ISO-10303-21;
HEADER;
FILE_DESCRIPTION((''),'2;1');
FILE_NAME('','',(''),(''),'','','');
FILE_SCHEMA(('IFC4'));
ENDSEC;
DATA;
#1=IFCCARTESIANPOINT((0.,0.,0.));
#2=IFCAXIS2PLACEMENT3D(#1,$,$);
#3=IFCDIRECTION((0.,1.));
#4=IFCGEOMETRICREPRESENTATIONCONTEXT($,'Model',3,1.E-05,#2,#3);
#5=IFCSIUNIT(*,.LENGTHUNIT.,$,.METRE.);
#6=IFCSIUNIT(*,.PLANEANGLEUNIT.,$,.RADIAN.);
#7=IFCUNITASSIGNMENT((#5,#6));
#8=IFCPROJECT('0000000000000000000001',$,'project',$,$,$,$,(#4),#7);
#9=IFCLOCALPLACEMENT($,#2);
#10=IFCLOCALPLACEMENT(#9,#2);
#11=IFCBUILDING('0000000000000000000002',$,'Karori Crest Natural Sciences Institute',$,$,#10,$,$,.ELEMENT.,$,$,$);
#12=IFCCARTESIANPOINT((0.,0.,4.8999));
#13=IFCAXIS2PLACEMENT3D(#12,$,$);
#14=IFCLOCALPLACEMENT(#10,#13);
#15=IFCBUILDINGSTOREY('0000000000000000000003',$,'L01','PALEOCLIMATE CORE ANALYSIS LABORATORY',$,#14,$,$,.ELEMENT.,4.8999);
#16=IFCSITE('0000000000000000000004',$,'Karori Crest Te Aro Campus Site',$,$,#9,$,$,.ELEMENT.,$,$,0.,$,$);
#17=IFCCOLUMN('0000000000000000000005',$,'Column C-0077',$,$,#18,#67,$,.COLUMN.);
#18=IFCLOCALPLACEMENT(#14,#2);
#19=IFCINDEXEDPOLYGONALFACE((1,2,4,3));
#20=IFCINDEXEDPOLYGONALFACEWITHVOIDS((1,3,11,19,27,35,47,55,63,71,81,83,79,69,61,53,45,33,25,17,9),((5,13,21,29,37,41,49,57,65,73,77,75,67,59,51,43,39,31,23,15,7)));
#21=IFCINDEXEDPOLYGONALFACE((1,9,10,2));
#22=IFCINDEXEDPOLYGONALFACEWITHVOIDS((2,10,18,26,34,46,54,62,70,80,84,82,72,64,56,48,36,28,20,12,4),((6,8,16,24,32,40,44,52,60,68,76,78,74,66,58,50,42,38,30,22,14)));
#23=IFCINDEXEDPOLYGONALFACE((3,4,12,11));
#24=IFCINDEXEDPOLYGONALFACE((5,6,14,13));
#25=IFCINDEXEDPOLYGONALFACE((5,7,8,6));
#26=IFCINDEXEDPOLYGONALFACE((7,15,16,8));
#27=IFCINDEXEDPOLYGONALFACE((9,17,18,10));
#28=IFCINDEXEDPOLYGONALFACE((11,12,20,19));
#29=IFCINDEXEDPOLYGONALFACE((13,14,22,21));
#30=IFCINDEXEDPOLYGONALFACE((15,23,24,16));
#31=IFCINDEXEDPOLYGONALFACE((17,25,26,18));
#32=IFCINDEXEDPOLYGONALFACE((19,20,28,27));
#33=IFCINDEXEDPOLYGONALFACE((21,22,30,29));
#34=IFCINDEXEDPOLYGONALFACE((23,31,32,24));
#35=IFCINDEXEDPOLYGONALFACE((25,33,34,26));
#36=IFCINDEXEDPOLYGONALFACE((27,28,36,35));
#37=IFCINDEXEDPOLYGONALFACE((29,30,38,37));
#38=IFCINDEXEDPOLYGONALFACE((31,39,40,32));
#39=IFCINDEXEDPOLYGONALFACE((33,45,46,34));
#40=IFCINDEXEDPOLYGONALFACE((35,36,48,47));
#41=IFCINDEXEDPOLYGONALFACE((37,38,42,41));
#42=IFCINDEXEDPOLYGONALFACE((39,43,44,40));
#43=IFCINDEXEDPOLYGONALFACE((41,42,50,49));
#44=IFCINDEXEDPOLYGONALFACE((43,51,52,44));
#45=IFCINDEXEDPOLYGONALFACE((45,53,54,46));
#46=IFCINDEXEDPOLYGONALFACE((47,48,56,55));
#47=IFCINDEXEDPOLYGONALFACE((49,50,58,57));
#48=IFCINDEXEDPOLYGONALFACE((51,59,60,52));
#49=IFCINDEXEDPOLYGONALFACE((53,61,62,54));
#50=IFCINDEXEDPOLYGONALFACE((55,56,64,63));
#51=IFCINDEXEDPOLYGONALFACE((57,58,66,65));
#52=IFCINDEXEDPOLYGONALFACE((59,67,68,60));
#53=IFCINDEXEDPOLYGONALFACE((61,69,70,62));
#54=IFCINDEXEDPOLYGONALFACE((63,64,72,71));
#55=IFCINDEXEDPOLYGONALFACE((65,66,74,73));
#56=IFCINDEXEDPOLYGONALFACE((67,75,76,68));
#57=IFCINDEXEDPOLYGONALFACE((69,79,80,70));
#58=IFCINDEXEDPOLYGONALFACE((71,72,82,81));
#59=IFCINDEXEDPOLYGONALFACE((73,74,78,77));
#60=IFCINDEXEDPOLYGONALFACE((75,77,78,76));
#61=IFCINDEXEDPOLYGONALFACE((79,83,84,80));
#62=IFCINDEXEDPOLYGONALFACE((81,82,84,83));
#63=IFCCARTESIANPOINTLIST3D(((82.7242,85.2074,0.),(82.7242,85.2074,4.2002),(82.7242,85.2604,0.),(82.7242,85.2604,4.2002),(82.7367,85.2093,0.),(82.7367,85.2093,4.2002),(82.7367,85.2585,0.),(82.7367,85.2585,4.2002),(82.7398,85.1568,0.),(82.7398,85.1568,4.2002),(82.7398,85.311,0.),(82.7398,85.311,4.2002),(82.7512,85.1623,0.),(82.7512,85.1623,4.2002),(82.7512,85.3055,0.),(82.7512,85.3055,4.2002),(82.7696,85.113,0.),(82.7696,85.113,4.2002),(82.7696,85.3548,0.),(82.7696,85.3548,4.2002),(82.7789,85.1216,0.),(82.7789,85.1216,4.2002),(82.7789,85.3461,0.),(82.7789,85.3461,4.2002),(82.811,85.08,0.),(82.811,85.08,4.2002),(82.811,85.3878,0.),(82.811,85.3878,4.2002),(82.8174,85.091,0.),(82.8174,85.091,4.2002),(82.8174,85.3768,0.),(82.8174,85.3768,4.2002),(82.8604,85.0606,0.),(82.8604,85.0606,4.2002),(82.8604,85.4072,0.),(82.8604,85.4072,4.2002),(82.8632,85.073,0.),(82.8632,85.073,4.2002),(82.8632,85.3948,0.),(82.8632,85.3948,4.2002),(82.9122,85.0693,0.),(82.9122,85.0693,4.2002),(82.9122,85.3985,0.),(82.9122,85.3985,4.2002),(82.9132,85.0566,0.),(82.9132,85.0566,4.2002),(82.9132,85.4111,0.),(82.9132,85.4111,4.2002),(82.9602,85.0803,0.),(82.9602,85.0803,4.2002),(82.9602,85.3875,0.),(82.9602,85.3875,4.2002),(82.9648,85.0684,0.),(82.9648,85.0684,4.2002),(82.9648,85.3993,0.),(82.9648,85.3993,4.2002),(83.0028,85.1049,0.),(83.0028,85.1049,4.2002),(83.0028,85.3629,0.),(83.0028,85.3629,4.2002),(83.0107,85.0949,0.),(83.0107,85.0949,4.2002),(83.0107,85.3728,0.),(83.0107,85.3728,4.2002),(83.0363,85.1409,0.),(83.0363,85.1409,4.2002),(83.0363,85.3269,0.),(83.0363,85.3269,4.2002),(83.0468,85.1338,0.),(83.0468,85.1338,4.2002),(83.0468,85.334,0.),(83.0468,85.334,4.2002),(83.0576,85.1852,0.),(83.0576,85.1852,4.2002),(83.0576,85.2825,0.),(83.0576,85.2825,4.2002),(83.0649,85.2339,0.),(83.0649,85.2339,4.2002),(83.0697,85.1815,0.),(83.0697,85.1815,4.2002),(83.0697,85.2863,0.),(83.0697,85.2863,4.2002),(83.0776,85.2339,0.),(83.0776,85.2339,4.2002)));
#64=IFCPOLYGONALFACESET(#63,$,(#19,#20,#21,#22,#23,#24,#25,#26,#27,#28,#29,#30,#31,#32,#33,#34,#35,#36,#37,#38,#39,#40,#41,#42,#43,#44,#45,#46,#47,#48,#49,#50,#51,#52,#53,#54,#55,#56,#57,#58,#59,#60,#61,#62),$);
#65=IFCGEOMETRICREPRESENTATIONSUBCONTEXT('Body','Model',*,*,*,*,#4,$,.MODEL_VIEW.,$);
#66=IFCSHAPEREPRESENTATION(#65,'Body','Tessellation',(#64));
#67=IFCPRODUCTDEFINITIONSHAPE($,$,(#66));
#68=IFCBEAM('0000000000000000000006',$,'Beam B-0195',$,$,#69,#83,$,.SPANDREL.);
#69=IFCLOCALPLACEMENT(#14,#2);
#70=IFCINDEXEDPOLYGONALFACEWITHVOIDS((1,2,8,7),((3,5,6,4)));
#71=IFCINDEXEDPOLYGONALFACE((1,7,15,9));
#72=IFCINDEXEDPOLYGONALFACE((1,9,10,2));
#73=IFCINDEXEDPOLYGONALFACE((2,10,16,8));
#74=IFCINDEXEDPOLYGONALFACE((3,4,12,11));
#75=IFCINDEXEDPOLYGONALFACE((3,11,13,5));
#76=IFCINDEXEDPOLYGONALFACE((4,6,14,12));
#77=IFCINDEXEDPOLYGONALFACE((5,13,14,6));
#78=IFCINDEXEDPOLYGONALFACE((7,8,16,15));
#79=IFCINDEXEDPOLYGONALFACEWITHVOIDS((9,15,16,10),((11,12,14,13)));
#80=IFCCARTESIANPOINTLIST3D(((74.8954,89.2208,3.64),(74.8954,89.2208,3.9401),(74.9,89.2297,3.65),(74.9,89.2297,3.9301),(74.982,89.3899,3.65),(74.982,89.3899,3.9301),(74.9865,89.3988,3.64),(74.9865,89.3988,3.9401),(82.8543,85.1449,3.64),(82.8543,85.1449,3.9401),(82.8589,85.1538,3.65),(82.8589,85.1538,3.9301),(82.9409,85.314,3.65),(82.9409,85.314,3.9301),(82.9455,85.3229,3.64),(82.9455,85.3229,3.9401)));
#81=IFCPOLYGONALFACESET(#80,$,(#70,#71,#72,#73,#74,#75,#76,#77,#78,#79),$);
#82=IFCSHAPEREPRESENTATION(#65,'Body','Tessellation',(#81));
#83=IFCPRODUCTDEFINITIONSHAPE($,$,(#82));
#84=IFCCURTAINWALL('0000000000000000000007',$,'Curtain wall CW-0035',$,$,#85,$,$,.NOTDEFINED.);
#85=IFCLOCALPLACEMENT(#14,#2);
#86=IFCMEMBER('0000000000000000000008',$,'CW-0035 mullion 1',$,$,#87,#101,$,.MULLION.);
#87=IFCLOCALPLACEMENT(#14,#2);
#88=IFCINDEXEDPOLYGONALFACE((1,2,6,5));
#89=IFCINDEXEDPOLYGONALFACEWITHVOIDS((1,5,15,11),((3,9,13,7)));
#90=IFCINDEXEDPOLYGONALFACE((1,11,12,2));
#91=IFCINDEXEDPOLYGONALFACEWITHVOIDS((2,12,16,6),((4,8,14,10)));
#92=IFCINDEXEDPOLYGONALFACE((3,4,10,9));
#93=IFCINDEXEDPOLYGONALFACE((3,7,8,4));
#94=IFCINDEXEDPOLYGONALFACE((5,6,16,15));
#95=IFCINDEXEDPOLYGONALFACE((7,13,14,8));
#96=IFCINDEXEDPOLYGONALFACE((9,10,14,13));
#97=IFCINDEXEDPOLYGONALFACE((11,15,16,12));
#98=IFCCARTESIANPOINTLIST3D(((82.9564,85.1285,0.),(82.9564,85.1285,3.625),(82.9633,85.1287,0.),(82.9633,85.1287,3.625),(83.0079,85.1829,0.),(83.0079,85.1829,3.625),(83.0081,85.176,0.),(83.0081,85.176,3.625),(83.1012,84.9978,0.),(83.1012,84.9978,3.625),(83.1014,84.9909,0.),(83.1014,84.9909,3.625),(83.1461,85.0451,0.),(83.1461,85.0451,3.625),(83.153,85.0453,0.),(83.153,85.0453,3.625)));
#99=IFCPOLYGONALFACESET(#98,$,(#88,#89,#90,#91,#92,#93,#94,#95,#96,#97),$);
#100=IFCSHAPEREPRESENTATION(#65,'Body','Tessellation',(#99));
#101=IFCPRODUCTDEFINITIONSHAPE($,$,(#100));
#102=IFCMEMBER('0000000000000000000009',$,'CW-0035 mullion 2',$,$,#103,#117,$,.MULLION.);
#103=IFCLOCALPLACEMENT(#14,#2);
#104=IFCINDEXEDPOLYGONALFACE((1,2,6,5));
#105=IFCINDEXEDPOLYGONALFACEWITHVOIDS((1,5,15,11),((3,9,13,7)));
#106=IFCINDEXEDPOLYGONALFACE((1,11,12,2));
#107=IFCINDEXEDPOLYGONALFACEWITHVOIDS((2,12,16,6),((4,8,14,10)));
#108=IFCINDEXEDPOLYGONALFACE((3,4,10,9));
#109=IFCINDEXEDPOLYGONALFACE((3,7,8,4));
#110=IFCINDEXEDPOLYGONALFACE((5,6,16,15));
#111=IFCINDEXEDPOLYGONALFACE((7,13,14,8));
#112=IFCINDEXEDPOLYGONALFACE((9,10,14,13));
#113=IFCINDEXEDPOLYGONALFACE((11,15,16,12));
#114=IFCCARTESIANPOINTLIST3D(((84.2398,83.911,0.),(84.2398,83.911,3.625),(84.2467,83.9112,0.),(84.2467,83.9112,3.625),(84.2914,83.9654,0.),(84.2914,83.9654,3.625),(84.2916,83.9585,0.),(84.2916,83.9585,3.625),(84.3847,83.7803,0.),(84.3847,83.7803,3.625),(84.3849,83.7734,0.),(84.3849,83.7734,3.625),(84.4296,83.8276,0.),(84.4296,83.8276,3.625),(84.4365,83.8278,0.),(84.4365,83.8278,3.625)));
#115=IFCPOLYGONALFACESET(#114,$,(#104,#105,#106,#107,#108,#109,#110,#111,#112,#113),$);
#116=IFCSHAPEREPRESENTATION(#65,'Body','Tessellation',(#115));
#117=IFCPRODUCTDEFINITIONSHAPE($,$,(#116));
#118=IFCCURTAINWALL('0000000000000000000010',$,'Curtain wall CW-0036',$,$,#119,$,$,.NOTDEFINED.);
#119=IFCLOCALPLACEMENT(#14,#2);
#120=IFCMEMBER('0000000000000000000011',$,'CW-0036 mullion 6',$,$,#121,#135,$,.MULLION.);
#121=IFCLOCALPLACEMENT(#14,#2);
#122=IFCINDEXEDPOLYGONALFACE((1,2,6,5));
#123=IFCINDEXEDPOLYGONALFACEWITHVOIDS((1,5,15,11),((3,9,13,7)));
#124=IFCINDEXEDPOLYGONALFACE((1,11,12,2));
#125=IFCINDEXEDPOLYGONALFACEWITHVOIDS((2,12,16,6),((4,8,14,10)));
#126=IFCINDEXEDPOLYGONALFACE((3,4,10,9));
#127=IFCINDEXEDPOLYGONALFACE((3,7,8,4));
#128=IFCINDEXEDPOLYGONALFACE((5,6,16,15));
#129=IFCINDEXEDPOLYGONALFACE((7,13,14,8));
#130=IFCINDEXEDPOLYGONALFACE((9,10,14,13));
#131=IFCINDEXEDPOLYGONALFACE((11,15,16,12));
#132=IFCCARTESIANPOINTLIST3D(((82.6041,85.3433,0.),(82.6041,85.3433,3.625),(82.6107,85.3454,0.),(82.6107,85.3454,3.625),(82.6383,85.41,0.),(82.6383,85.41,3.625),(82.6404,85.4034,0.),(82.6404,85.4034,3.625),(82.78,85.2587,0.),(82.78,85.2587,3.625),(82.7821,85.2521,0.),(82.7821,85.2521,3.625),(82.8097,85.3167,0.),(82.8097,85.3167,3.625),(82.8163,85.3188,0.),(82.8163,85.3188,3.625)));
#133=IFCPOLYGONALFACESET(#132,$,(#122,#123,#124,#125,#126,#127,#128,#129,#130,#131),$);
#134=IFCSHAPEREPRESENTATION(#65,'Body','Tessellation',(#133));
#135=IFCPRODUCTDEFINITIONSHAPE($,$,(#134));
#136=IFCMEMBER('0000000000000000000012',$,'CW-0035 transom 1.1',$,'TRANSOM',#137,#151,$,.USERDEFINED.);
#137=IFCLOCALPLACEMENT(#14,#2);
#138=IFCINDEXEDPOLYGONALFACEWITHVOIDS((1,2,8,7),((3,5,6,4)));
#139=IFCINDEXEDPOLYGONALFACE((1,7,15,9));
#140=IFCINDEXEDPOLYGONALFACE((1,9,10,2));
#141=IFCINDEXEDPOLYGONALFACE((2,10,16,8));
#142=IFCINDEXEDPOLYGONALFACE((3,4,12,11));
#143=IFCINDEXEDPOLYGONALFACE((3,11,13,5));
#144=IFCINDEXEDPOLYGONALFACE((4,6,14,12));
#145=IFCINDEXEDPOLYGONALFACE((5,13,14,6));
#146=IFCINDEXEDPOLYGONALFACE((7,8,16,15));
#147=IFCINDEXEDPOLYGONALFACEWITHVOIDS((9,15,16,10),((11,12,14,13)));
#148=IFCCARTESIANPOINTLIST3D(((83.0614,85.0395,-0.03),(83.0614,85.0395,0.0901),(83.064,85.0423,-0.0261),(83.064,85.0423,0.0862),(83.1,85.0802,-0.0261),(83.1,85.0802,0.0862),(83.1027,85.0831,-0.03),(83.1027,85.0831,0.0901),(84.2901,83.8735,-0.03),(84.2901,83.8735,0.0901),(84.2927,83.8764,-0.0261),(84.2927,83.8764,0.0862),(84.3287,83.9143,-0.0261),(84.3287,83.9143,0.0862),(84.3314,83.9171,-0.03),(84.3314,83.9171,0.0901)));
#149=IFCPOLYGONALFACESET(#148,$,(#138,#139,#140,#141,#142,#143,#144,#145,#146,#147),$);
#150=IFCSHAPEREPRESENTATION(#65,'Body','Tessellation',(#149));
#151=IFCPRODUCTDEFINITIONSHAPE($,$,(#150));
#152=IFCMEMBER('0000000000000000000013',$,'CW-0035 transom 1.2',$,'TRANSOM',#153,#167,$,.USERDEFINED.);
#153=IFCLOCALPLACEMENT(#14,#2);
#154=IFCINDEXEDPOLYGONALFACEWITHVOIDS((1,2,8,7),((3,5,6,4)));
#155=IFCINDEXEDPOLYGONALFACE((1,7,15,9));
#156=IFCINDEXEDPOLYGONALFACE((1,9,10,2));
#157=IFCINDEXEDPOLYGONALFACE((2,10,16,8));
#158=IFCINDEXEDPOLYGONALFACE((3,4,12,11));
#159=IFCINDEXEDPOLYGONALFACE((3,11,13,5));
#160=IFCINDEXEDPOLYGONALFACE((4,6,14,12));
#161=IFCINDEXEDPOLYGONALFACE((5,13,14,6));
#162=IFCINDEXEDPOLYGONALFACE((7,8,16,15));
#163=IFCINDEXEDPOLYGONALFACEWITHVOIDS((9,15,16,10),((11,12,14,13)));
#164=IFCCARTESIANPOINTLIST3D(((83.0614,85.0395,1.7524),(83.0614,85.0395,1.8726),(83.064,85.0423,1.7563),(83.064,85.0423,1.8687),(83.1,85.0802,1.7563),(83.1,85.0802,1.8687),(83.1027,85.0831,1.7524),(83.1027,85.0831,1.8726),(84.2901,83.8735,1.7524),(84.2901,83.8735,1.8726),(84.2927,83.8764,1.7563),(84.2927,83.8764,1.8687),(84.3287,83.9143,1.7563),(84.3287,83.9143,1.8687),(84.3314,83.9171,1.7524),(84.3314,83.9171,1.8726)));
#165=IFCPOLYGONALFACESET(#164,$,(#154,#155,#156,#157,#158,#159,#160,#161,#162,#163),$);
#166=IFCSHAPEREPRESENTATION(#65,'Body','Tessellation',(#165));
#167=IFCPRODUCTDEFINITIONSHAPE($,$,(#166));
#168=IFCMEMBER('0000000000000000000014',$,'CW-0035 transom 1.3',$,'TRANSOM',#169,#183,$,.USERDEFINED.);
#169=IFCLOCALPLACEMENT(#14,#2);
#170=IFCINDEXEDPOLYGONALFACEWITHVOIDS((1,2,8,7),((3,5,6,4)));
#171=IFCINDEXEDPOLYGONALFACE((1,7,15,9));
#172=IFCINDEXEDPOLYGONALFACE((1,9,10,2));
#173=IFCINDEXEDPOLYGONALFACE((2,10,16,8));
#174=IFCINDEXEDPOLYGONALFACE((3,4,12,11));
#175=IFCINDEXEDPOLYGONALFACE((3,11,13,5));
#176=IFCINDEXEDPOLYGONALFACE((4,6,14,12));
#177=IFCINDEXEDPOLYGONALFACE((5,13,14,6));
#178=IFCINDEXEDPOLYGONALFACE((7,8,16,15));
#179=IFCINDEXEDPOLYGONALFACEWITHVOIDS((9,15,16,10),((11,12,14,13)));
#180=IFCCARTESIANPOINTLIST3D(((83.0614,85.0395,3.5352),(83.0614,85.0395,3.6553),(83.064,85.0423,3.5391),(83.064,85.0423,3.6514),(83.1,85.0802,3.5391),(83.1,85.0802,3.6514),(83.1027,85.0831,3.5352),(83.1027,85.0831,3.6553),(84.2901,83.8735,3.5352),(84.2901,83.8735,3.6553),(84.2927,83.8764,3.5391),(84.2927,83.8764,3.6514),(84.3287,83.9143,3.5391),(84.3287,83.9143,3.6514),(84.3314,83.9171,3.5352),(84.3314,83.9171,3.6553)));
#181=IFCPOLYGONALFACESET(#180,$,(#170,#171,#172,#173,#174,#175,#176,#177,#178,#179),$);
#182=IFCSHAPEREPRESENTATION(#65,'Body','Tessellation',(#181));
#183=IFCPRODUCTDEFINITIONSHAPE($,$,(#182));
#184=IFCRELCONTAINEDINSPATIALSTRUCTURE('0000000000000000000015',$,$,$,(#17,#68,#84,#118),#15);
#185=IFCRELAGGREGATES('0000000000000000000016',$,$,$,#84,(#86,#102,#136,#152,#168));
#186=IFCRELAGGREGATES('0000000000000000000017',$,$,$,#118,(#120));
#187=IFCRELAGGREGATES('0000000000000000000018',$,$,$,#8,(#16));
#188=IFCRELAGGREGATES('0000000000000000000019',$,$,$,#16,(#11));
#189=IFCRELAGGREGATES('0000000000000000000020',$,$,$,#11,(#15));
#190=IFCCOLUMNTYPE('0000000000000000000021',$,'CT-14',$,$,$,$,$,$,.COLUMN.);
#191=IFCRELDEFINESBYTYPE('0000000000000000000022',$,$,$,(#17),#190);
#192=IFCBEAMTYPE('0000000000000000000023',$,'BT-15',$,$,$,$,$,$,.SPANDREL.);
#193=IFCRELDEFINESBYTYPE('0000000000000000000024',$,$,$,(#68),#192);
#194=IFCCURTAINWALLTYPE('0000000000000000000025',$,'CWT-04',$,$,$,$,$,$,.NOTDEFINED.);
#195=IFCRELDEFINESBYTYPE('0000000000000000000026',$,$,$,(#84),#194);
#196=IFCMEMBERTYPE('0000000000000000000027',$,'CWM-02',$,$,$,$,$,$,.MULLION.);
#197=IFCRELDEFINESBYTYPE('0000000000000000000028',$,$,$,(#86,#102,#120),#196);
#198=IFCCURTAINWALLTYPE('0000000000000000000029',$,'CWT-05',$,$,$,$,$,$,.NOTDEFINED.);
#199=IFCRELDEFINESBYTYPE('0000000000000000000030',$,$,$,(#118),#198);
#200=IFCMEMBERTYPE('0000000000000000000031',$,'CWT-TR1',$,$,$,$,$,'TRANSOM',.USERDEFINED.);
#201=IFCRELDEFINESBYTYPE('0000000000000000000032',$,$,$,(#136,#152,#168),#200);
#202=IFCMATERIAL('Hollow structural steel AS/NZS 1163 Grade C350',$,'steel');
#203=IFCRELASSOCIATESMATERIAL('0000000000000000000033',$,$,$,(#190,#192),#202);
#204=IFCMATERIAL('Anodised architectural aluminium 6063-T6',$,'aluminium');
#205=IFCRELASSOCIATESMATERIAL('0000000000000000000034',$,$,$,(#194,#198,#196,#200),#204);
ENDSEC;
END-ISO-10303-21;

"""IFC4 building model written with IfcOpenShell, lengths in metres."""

from ifc_helpers import new_model, si_unit, direction, frame, origin, origin_2d, place, context, subcontext, project, spatial, hollow_rectangle, hollow_circle, extrude, material, material_profile, profile_set, type_object, element, aggregate, save


model = new_model("IFC4")

# Units and contexts
model_context = context("Model", 3, precision=1e-05, world=origin(), true_north=direction((0.0, 1.0)))
body_context = subcontext(model_context, "Body", "Model", "MODEL_VIEW")
ifc_project = project(units=[si_unit("LENGTHUNIT", "METRE"), si_unit("PLANEANGLEUNIT", "RADIAN")], contexts=[model_context])

# Site, building, storey
site_placement = place(None, origin())
site = spatial("IfcSite", under=ifc_project, at=site_placement, Name="Karori Crest Te Aro Campus Site", CompositionType="ELEMENT", RefElevation=0.0)
building_placement = place(site_placement, origin())
building = spatial("IfcBuilding", under=site, at=building_placement, Name="Karori Crest Natural Sciences Institute", CompositionType="ELEMENT")
storey_placement = place(building_placement, frame((0.0, 0.0, 4.8999)))
storey = spatial("IfcBuildingStorey", under=building, at=storey_placement, Name="L01", Description="PALEOCLIMATE CORE ANALYSIS LABORATORY", CompositionType="ELEMENT", Elevation=4.8999)

# Column
ifc_material_1 = material(Name="Hollow structural steel AS/NZS 1163 Grade C350", Category="steel")
ifc_material_profile_1 = material_profile(ifc_material_1, hollow_circle(Radius=0.1777, WallThickness=0.0127, at=origin_2d()), Name="CHS355.6x12.7")
ifc_profile_set_1 = profile_set([ifc_material_profile_1], Name="Hollow structural steel AS/NZS 1163 Grade C350")
column_type = type_object("IfcColumnType", Name="CT-14", PredefinedType="COLUMN", material=ifc_profile_set_1)
column_placement = place(storey_placement, frame((82.8999, 85.2339, 0.0), z_axis=(0.0, 0.0, 1.0), x_axis=(1.0, 0.0, 0.0)))
element("IfcColumn", 1, at=column_placement, inside=storey, type_object=column_type, Name="Column C-0077", PredefinedType="COLUMN", context=body_context, shape_type="SweptSolid", body=[
    extrude(hollow_circle(Radius=0.1777, WallThickness=0.0127, at=origin_2d()), origin(), (0.0, 0.0, 1.0), 4.2002),
])

# Beam
ifc_material_profile_2 = material_profile(ifc_material_1, hollow_rectangle(XDim=0.2, YDim=0.3, WallThickness=0.01, at=origin_2d()), Name="RHS300x200x10")
ifc_profile_set_2 = profile_set([ifc_material_profile_2], Name="Hollow structural steel AS/NZS 1163 Grade C350")
beam_type = type_object("IfcBeamType", Name="BT-15", PredefinedType="SPANDREL", material=ifc_profile_set_2)
beam_placement = place(storey_placement, frame((82.8999, 85.2339, 3.79), z_axis=(-0.890072, 0.45582, 0.0), x_axis=(-0.45582, -0.890072, 0.0)))
element("IfcBeam", 2, at=beam_placement, inside=storey, type_object=beam_type, Name="Beam B-0195", PredefinedType="SPANDREL", context=body_context, shape_type="SweptSolid", body=[
    extrude(hollow_rectangle(XDim=0.2, YDim=0.3, WallThickness=0.01, at=origin_2d()), origin(), (0.0, 0.0, 1.0), 8.9419),
])

# Curtain wall, members
ifc_material_2 = material(Name="Anodised architectural aluminium 6063-T6", Category="aluminium")
curtain_wall_type_1 = type_object("IfcCurtainWallType", Name="CWT-04", PredefinedType="NOTDEFINED", material=ifc_material_2)
curtain_wall_1_placement = place(storey_placement, origin())
curtain_wall_1 = element("IfcCurtainWall", 3, at=curtain_wall_1_placement, inside=storey, type_object=curtain_wall_type_1, Name="Curtain wall CW-0035", PredefinedType="NOTDEFINED")
ifc_material_profile_3 = material_profile(ifc_material_2, hollow_rectangle(XDim=0.075, YDim=0.2, WallThickness=0.0049, at=origin_2d()), Name="CWM200x75x5")
ifc_profile_set_3 = profile_set([ifc_material_profile_3], Name="Anodised architectural aluminium 6063-T6")
member_type_1 = type_object("IfcMemberType", Name="CWM-02", PredefinedType="MULLION", material=ifc_profile_set_3)
member_1_placement = place(storey_placement, frame((83.0547, 85.0869, 0.0), z_axis=(0.0, 0.0, 1.0), x_axis=(0.688246, 0.725477, 0.0)))
member_1 = element("IfcMember", 4, at=member_1_placement, type_object=member_type_1, Name="CW-0035 mullion 1", PredefinedType="MULLION", context=body_context, shape_type="SweptSolid", body=[
    extrude(hollow_rectangle(XDim=0.075, YDim=0.2, WallThickness=0.0049, at=origin_2d()), origin(), (0.0, 0.0, 1.0), 3.625),
])
member_2_placement = place(storey_placement, frame((84.3381, 83.8694, 0.0), z_axis=(0.0, 0.0, 1.0), x_axis=(0.688246, 0.725477, 0.0)))
member_2 = element("IfcMember", 5, at=member_2_placement, type_object=member_type_1, Name="CW-0035 mullion 2", PredefinedType="MULLION", context=body_context, shape_type="SweptSolid", body=[
    extrude(hollow_rectangle(XDim=0.075, YDim=0.2, WallThickness=0.0049, at=origin_2d()), origin(), (0.0, 0.0, 1.0), 3.625),
])

# Curtain wall, member
curtain_wall_type_2 = type_object("IfcCurtainWallType", Name="CWT-05", PredefinedType="NOTDEFINED", material=ifc_material_2)
curtain_wall_2_placement = place(storey_placement, origin())
curtain_wall_2 = element("IfcCurtainWall", 6, at=curtain_wall_2_placement, inside=storey, type_object=curtain_wall_type_2, Name="Curtain wall CW-0036", PredefinedType="NOTDEFINED")
member_3_placement = place(storey_placement, frame((82.7102, 85.3311, 0.0), z_axis=(0.0, 0.0, 1.0), x_axis=(0.455833, 0.890065, 0.0)))
member_3 = element("IfcMember", 7, at=member_3_placement, type_object=member_type_1, Name="CW-0036 mullion 6", PredefinedType="MULLION", context=body_context, shape_type="SweptSolid", body=[
    extrude(hollow_rectangle(XDim=0.075, YDim=0.2, WallThickness=0.0049, at=origin_2d()), origin(), (0.0, 0.0, 1.0), 3.625),
])

# Members
ifc_material_profile_4 = material_profile(ifc_material_2, hollow_rectangle(XDim=0.0601, YDim=0.1201, WallThickness=0.0039, at=origin_2d()), Name="CWT120x60x4")
ifc_profile_set_4 = profile_set([ifc_material_profile_4], Name="Anodised architectural aluminium 6063-T6")
member_type_2 = type_object("IfcMemberType", Name="CWT-TR1", ElementType="TRANSOM", PredefinedType="USERDEFINED", material=ifc_profile_set_4)
member_4_placement = place(storey_placement, frame((83.082, 85.0613, 0.03), z_axis=(0.725384, -0.688344, 0.0), x_axis=(0.688344, 0.725384, 0.0)))
member_4 = element("IfcMember", 8, at=member_4_placement, type_object=member_type_2, Name="CW-0035 transom 1.1", ObjectType="TRANSOM", PredefinedType="USERDEFINED", context=body_context, shape_type="SweptSolid", body=[
    extrude(hollow_rectangle(XDim=0.0601, YDim=0.1201, WallThickness=0.0039, at=origin_2d()), origin(), (0.0, 0.0, 1.0), 1.6938),
])
member_5_placement = place(storey_placement, frame((83.082, 85.0613, 1.8125), z_axis=(0.725384, -0.688344, 0.0), x_axis=(0.688344, 0.725384, 0.0)))
member_5 = element("IfcMember", 9, at=member_5_placement, type_object=member_type_2, Name="CW-0035 transom 1.2", ObjectType="TRANSOM", PredefinedType="USERDEFINED", context=body_context, shape_type="SweptSolid", body=[
    extrude(hollow_rectangle(XDim=0.0601, YDim=0.1201, WallThickness=0.0039, at=origin_2d()), origin(), (0.0, 0.0, 1.0), 1.6938),
])
member_6_placement = place(storey_placement, frame((83.082, 85.0613, 3.5952), z_axis=(0.725384, -0.688344, 0.0), x_axis=(0.688344, 0.725384, 0.0)))
member_6 = element("IfcMember", 10, at=member_6_placement, type_object=member_type_2, Name="CW-0035 transom 1.3", ObjectType="TRANSOM", PredefinedType="USERDEFINED", context=body_context, shape_type="SweptSolid", body=[
    extrude(hollow_rectangle(XDim=0.0601, YDim=0.1201, WallThickness=0.0039, at=origin_2d()), origin(), (0.0, 0.0, 1.0), 1.6938),
])

aggregate(curtain_wall_1, [member_1, member_2, member_4, member_5, member_6])
aggregate(curtain_wall_2, [member_3])

save(model, "model.ifc")
